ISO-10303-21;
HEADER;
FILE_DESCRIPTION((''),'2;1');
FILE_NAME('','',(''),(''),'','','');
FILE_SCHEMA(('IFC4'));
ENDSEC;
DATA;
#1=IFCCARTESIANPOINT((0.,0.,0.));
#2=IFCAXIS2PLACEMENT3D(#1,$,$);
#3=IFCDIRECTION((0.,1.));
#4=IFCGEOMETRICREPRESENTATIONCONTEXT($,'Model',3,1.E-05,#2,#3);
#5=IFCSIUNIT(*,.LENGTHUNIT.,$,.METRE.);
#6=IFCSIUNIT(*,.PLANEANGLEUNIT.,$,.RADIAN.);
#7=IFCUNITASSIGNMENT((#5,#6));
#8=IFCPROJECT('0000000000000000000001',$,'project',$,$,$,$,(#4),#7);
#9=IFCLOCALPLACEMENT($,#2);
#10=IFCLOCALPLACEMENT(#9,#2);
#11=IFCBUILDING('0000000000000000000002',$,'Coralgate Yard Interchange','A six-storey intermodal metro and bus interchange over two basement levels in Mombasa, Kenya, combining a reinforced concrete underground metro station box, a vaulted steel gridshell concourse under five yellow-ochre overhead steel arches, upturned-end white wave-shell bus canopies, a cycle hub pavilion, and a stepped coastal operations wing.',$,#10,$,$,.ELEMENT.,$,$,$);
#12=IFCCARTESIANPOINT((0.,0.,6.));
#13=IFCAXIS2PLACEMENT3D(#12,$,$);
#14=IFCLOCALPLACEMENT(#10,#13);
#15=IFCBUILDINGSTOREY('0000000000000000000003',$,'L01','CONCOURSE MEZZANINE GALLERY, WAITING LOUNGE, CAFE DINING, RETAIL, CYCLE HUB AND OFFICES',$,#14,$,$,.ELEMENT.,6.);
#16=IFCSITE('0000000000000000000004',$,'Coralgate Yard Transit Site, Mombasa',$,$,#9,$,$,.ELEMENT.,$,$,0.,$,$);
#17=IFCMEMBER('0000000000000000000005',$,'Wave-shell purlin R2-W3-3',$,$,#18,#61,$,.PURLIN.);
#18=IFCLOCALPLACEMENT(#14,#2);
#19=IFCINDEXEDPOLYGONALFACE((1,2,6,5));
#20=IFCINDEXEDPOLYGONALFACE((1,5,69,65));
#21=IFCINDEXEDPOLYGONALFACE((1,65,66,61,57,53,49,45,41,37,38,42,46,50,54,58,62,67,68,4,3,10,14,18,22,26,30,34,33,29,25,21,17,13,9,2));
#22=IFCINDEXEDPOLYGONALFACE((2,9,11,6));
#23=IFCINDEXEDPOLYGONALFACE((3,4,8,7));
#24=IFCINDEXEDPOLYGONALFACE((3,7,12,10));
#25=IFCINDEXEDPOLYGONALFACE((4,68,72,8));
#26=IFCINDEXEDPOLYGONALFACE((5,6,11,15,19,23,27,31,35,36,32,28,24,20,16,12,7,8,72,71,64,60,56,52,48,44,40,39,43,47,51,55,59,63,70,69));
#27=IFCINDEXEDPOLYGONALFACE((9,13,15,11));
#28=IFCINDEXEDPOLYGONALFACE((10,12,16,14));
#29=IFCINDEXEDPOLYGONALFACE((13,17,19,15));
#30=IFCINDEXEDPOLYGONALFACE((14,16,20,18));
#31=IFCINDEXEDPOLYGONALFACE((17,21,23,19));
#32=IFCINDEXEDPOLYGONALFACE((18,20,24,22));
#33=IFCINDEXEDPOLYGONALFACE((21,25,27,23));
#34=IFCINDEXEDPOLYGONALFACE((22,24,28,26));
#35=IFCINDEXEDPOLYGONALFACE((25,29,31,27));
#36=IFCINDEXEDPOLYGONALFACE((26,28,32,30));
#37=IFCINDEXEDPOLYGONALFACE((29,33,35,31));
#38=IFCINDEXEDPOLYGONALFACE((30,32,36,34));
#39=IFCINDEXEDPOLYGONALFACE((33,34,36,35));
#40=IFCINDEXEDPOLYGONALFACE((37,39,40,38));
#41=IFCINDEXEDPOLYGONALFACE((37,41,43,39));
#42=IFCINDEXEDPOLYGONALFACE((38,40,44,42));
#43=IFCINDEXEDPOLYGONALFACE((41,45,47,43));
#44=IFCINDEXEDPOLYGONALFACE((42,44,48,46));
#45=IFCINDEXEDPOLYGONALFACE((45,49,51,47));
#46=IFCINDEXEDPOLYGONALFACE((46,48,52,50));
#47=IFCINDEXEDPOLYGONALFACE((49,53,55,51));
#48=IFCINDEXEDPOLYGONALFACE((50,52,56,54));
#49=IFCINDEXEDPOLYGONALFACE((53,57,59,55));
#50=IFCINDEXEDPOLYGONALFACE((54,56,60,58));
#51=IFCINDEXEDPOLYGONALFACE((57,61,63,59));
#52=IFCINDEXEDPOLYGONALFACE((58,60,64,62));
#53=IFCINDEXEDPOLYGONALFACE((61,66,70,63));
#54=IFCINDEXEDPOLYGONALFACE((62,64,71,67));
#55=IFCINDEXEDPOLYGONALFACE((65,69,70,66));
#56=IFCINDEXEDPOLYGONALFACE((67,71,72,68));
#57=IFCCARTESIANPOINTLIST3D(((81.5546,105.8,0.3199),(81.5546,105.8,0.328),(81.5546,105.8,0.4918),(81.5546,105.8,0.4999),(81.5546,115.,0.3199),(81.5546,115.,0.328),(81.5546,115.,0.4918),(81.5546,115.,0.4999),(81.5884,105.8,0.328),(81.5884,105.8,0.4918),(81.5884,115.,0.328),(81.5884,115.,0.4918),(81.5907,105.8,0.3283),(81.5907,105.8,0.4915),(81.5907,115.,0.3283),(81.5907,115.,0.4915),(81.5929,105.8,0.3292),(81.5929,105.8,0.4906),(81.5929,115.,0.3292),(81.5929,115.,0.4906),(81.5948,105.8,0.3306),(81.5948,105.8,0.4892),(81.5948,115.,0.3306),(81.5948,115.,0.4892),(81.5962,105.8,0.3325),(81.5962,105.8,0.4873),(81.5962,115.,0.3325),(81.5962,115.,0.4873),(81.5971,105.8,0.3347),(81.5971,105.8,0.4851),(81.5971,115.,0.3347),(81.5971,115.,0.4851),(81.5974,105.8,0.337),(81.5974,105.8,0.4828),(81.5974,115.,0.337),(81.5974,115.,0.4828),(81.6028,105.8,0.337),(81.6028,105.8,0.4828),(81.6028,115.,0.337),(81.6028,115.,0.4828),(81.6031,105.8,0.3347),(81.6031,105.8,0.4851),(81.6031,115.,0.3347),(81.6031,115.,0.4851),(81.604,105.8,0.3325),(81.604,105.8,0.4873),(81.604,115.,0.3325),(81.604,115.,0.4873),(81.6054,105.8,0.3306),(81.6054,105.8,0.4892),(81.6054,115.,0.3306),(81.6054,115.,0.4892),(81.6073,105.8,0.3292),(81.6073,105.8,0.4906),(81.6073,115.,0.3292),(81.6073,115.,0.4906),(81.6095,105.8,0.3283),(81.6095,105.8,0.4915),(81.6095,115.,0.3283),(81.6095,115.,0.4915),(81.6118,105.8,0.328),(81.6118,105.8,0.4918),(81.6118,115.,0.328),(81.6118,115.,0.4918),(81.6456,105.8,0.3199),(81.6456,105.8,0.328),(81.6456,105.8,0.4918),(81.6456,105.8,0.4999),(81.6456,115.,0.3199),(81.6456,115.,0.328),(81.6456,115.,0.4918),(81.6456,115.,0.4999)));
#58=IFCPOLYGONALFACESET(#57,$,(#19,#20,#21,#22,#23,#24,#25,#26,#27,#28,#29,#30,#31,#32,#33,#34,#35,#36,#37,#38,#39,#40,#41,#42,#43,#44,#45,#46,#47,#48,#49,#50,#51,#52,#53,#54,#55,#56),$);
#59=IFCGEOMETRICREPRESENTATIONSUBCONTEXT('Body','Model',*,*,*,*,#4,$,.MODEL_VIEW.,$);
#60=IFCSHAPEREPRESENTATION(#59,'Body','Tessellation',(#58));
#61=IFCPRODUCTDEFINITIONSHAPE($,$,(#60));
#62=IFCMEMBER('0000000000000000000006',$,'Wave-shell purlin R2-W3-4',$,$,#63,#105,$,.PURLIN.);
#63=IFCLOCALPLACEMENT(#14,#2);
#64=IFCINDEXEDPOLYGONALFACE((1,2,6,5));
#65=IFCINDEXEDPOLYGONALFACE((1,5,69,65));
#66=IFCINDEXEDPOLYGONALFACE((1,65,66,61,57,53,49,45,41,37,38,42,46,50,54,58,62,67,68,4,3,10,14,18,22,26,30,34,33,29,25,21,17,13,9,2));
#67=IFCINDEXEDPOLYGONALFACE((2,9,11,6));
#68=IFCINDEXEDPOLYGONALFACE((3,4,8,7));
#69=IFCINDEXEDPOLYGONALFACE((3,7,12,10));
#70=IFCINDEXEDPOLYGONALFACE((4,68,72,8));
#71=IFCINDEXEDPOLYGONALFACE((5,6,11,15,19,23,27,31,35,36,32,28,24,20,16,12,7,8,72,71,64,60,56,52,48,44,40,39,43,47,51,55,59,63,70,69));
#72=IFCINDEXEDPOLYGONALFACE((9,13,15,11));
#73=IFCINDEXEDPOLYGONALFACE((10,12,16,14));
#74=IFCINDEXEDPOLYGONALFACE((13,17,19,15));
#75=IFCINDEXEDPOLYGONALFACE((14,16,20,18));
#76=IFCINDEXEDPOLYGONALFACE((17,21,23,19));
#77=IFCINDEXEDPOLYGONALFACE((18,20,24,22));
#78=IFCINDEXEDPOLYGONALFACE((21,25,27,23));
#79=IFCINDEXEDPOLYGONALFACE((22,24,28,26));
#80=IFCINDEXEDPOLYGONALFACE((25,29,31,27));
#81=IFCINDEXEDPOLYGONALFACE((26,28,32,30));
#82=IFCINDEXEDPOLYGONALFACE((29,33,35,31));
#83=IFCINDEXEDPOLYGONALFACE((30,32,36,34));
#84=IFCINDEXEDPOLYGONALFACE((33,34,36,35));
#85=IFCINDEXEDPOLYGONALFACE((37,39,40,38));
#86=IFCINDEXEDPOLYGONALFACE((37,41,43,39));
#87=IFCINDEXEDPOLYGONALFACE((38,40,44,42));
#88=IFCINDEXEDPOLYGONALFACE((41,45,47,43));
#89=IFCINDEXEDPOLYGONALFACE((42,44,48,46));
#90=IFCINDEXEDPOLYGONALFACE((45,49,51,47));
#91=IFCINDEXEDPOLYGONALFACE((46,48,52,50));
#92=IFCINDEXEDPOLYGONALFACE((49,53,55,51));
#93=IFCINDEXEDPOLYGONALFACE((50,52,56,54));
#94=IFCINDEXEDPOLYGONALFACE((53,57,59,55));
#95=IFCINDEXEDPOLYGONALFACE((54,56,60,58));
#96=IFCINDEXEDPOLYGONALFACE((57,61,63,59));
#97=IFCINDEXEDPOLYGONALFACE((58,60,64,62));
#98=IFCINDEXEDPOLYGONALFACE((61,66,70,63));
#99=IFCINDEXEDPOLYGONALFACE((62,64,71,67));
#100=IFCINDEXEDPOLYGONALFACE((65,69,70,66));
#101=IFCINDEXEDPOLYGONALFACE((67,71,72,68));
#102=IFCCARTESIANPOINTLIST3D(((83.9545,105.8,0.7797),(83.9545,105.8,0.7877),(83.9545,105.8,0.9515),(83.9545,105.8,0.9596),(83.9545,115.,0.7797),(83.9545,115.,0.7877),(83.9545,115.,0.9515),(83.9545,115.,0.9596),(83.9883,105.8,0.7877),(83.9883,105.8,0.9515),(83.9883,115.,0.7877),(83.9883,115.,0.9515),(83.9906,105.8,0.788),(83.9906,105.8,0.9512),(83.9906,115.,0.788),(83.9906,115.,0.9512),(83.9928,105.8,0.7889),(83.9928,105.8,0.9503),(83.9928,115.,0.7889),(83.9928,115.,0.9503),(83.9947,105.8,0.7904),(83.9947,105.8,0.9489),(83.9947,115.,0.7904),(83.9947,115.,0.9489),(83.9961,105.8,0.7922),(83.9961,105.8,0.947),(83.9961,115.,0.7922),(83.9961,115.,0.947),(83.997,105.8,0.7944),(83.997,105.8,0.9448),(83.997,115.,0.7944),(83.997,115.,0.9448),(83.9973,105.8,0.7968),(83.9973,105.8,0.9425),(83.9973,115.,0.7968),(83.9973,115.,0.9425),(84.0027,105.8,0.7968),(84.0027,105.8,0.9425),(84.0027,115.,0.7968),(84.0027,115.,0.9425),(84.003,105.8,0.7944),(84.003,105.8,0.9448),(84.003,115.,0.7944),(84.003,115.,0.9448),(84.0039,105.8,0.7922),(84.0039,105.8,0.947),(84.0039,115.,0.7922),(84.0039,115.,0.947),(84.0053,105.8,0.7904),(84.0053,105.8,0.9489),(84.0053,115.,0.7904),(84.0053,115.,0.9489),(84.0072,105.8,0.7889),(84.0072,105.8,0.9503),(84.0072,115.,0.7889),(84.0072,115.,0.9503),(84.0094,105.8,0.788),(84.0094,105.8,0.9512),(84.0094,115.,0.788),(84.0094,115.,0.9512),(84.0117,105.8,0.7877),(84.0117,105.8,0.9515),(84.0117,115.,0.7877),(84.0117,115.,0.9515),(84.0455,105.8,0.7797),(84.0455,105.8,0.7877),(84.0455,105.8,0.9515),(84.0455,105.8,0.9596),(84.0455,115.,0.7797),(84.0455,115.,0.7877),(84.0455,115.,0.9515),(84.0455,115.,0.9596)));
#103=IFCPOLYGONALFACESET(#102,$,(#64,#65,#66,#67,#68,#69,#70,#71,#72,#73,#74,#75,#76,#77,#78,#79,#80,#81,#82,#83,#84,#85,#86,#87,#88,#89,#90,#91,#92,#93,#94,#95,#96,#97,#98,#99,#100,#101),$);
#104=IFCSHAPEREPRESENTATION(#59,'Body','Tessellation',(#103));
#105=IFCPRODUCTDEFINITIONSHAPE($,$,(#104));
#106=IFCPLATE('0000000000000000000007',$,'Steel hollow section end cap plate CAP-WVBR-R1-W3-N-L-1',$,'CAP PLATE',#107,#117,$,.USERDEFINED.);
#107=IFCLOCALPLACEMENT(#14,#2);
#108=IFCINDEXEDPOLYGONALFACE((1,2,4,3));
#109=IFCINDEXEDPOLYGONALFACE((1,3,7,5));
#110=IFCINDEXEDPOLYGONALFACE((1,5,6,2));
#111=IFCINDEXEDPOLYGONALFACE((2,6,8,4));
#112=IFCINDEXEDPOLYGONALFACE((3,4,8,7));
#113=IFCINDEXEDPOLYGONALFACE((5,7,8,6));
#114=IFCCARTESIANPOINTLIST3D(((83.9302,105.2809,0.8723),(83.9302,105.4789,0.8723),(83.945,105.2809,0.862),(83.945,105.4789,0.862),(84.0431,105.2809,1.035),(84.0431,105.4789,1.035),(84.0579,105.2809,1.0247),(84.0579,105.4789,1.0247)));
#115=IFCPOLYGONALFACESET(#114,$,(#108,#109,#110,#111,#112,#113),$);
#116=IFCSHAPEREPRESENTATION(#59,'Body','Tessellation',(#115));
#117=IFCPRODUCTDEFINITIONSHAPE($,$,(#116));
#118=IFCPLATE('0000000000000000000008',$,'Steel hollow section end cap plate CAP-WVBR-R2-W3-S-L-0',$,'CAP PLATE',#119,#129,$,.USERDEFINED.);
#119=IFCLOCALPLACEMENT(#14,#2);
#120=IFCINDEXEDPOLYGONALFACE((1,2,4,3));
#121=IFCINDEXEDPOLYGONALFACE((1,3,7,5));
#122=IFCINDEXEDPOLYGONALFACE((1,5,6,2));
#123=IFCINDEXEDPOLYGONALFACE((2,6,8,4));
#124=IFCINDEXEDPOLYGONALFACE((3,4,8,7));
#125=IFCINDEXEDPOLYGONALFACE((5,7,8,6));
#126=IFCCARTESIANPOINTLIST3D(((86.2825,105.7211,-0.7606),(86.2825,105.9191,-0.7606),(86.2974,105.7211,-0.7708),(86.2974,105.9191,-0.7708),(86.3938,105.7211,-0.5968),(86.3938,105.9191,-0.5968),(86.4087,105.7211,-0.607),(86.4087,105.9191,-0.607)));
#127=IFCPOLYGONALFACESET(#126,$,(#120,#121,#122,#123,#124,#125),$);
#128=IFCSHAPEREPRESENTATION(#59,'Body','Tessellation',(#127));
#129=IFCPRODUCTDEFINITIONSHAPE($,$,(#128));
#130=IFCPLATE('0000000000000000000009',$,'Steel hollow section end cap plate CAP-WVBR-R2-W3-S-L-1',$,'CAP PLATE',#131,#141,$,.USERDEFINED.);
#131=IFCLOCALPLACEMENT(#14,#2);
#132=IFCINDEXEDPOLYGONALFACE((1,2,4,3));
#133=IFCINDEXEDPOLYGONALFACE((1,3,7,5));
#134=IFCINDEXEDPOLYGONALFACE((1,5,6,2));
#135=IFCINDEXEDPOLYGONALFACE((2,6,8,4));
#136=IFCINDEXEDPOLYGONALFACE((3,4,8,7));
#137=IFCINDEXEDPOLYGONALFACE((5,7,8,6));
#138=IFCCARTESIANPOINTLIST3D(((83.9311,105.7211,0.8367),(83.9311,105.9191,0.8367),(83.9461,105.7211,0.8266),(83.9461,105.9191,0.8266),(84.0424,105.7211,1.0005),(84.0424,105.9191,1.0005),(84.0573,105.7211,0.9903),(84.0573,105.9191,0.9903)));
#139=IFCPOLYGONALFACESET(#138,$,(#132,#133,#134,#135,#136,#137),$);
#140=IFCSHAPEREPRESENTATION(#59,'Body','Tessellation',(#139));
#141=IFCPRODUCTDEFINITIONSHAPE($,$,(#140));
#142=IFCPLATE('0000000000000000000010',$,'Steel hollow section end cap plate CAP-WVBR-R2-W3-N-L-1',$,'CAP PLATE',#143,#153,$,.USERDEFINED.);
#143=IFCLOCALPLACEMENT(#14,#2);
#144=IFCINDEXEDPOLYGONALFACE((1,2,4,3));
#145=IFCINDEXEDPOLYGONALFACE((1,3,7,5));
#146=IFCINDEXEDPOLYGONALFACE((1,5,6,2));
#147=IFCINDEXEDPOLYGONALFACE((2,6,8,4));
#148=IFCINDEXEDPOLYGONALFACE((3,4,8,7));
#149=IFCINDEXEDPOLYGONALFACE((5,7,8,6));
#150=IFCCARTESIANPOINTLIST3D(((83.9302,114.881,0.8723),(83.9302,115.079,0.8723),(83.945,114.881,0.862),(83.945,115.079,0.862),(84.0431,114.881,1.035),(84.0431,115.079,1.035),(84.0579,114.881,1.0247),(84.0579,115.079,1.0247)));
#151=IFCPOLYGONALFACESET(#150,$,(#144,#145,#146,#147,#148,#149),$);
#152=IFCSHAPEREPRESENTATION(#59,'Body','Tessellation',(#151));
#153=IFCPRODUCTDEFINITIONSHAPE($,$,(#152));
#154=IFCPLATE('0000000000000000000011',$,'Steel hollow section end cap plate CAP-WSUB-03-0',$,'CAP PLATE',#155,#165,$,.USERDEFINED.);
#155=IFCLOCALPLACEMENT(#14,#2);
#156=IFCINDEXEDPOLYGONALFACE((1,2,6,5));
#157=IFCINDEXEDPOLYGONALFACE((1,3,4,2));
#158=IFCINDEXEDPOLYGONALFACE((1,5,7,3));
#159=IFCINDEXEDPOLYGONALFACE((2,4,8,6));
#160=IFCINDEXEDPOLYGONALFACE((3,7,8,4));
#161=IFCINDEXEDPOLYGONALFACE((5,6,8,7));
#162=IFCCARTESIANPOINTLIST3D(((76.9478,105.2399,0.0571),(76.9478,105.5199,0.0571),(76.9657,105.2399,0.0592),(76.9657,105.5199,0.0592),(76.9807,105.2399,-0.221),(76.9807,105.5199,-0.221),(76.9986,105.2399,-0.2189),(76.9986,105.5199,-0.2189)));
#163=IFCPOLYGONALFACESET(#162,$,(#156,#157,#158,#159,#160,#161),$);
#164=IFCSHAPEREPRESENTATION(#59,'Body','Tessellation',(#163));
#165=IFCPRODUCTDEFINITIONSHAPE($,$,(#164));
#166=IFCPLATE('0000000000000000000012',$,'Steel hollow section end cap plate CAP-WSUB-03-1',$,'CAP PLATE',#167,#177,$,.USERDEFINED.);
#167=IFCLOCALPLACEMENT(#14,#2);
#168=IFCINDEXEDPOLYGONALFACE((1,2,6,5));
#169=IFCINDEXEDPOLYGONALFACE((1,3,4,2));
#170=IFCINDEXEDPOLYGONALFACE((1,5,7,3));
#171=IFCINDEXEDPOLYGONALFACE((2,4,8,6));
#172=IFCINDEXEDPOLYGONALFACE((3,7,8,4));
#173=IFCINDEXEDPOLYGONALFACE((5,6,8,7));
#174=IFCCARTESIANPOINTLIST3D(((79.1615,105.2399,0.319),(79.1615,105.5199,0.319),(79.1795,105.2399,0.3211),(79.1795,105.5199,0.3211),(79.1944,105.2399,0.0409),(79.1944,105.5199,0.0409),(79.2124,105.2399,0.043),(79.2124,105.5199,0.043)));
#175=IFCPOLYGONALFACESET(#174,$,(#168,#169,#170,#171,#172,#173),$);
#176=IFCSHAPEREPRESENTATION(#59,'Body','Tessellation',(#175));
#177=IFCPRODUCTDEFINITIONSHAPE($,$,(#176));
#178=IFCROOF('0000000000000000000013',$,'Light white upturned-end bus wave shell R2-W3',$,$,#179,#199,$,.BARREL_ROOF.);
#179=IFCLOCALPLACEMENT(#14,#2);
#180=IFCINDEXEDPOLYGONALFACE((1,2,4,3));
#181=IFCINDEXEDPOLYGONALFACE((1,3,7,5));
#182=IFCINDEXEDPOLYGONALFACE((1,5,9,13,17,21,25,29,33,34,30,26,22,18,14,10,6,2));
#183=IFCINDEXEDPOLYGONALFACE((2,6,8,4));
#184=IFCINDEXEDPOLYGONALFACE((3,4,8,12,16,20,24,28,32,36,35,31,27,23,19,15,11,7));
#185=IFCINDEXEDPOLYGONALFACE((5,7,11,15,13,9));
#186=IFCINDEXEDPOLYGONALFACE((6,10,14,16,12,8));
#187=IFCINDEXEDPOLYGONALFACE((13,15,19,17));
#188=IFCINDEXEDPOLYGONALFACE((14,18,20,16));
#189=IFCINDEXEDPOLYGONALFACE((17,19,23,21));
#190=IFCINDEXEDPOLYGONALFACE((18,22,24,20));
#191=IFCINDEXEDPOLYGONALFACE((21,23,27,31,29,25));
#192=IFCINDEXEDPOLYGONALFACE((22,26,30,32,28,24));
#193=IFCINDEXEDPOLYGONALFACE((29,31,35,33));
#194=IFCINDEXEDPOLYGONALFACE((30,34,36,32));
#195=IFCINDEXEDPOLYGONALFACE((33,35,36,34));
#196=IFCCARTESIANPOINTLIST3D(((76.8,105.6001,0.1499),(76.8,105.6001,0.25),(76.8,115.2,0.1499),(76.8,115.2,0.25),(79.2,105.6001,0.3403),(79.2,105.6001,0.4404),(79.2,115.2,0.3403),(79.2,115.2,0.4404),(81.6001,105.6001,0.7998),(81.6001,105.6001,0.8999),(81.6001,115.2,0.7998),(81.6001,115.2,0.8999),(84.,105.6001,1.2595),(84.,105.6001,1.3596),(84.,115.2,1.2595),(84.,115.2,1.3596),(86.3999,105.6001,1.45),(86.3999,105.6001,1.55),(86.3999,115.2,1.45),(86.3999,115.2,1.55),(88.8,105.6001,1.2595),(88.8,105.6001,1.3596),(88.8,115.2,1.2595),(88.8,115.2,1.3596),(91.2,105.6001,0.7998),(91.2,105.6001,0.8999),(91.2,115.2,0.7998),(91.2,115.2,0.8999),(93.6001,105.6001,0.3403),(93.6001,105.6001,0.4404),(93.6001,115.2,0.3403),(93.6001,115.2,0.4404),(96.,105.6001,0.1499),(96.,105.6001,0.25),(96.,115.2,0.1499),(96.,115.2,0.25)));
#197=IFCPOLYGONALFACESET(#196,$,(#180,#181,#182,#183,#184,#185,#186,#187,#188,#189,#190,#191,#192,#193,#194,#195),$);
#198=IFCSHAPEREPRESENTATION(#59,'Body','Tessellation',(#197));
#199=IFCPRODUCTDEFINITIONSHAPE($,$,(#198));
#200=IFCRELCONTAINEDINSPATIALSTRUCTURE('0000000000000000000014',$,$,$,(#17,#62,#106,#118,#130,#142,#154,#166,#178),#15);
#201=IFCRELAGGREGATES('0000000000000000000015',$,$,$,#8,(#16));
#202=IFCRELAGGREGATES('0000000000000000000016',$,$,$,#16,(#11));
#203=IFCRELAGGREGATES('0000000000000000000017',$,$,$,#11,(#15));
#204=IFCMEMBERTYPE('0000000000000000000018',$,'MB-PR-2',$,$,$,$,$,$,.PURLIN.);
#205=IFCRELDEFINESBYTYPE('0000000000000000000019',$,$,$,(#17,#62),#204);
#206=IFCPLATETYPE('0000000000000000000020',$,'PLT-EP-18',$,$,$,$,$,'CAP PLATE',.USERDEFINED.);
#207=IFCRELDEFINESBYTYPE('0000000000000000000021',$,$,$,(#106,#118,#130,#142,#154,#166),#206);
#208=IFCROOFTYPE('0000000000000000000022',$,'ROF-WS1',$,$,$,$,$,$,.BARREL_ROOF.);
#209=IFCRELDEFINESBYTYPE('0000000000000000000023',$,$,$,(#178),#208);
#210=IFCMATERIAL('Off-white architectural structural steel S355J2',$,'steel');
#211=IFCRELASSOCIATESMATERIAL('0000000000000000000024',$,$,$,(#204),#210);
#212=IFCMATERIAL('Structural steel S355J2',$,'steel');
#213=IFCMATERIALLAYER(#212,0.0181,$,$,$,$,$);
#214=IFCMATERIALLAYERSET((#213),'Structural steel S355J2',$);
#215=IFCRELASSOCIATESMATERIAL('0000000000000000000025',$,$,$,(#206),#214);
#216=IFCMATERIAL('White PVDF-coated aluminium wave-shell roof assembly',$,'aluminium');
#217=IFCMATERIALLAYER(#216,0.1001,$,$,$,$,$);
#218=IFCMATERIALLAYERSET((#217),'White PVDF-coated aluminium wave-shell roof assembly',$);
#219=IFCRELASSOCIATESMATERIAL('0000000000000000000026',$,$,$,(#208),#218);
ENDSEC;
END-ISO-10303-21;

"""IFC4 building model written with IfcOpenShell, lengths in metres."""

from ifc_helpers import new_model, si_unit, direction, frame, origin, origin_2d, place, context, subcontext, project, spatial, polyline, rectangle, i_section, outline, extrude, material, layer, layer_set, material_profile, profile_set, type_object, element, save


model = new_model("IFC4")

# Units and contexts
model_context = context("Model", 3, precision=1e-05, world=origin(), true_north=direction((0.0, 1.0)))
body_context = subcontext(model_context, "Body", "Model", "MODEL_VIEW")
ifc_project = project(units=[si_unit("LENGTHUNIT", "METRE"), si_unit("PLANEANGLEUNIT", "RADIAN")], contexts=[model_context])

# Site, building, storey
site_placement = place(None, origin())
site = spatial("IfcSite", under=ifc_project, at=site_placement, Name="Coralgate Yard Transit Site, Mombasa", CompositionType="ELEMENT", RefElevation=0.0)
building_placement = place(site_placement, origin())
building = spatial("IfcBuilding", under=site, at=building_placement, Name="Coralgate Yard Interchange", Description="A six-storey intermodal metro and bus interchange over two basement levels in Mombasa, Kenya, combining a reinforced concrete underground metro station box, a vaulted steel gridshell concourse under five yellow-ochre overhead steel arches, upturned-end white wave-shell bus canopies, a cycle hub pavilion, and a stepped coastal operations wing.", CompositionType="ELEMENT")
storey_placement = place(building_placement, frame((0.0, 0.0, 6.0)))
storey = spatial("IfcBuildingStorey", under=building, at=storey_placement, Name="L01", Description="CONCOURSE MEZZANINE GALLERY, WAITING LOUNGE, CAFE DINING, RETAIL, CYCLE HUB AND OFFICES", CompositionType="ELEMENT", Elevation=6.0)

# Shared definitions
ifc_material_1 = material(Name="Off-white architectural structural steel S355J2", Category="steel")

# Members
ifc_material_profile_1 = material_profile(ifc_material_1, i_section(OverallWidth=0.0911, OverallDepth=0.1799, WebThickness=0.0054, FlangeThickness=0.0081, FilletRadius=0.009, at=origin_2d()), Name="IPE 180")
ifc_profile_set_1 = profile_set([ifc_material_profile_1], Name="Off-white architectural structural steel S355J2")
member_type_1 = type_object("IfcMemberType", Name="MB-PR-2", PredefinedType="PURLIN", material=ifc_profile_set_1)
for number, where, z_axis, x_axis, name in (
    (1, (81.6001, 105.8, 0.4099), (0.0, 1.0, 0.0), (-1.0, 0.0, 0.0), "Wave-shell purlin R2-W3-3"),
    (2, (84.0, 105.8, 0.8696), (0.0, 1.0, 0.0), (-1.0, 0.0, 0.0), "Wave-shell purlin R2-W3-4"),
):
    element("IfcMember", number, at=place(storey_placement, frame(where, z_axis=z_axis, x_axis=x_axis)), inside=storey, type_object=member_type_1, Name=name, PredefinedType="PURLIN", context=body_context, shape_type="SweptSolid", body=[
        extrude(i_section(OverallWidth=0.0911, OverallDepth=0.1799, WebThickness=0.0054, FlangeThickness=0.0081, FilletRadius=0.009, at=origin_2d()), origin(), (0.0, 0.0, 1.0), 9.2),
    ])

# Plates
ifc_material_2 = material(Name="Structural steel S355J2", Category="steel")
ifc_layer_1 = layer(ifc_material_2, 0.0181)
ifc_layer_set_1 = layer_set([ifc_layer_1], Name="Structural steel S355J2")
plate_type = type_object("IfcPlateType", Name="PLT-EP-18", ElementType="CAP PLATE", PredefinedType="USERDEFINED", material=ifc_layer_set_1)
for number, where, z_axis, x_axis, name in (
    (3, (84.0015, 105.3799, 0.9434), (-0.821436, 0.0, 0.570301), (0.0, -1.0, 0.0), "Steel hollow section end cap plate CAP-WVBR-R1-W3-N-L-1"),
    (4, (86.3381, 105.8201, -0.6787), (0.827189, 0.0, -0.561923), (0.0, 1.0, 0.0), "Steel hollow section end cap plate CAP-WVBR-R2-W3-S-L-0"),
    (5, (84.0017, 105.8201, 0.9084), (-0.827189, 0.0, 0.561923), (0.0, -1.0, 0.0), "Steel hollow section end cap plate CAP-WVBR-R2-W3-S-L-1"),
    (6, (84.0015, 114.98, 0.9434), (-0.821436, 0.0, 0.570301), (0.0, -1.0, 0.0), "Steel hollow section end cap plate CAP-WVBR-R2-W3-N-L-1"),
):
    element("IfcPlate", number, at=place(storey_placement, frame(where, z_axis=z_axis, x_axis=x_axis)), inside=storey, type_object=plate_type, Name=name, ObjectType="CAP PLATE", PredefinedType="USERDEFINED", context=body_context, shape_type="SweptSolid", body=[
        extrude(rectangle(XDim=0.198, YDim=0.198, at=origin_2d()), origin(), (0.0, 0.0, 1.0), 0.0181),
    ])
for number, where, z_axis, x_axis, name in (
    (7, (76.9822, 105.3799, -0.0798), (-0.993089, 0.0, -0.117365), (0.0, -1.0, 0.0), "Steel hollow section end cap plate CAP-WSUB-03-0"),
    (8, (79.178, 105.3799, 0.1799), (0.993089, 0.0, 0.117365), (0.0, 1.0, 0.0), "Steel hollow section end cap plate CAP-WSUB-03-1"),
):
    element("IfcPlate", number, at=place(storey_placement, frame(where, z_axis=z_axis, x_axis=x_axis)), inside=storey, type_object=plate_type, Name=name, ObjectType="CAP PLATE", PredefinedType="USERDEFINED", context=body_context, shape_type="SweptSolid", body=[
        extrude(rectangle(XDim=0.28, YDim=0.28, at=origin_2d()), origin(), (0.0, 0.0, 1.0), 0.0181),
    ])

# Roof
ifc_material_3 = material(Name="White PVDF-coated aluminium wave-shell roof assembly", Category="aluminium")
ifc_layer_2 = layer(ifc_material_3, 0.1001)
ifc_layer_set_2 = layer_set([ifc_layer_2], Name="White PVDF-coated aluminium wave-shell roof assembly")
roof_type = type_object("IfcRoofType", Name="ROF-WS1", PredefinedType="BARREL_ROOF", material=ifc_layer_set_2)
roof_placement = place(storey_placement, frame((76.8, 105.6001, 0.25), z_axis=(0.0, 1.0, 0.0), x_axis=(-1.0, 0.0, 0.0)))
element("IfcRoof", 9, at=roof_placement, inside=storey, type_object=roof_type, Name="Light white upturned-end bus wave shell R2-W3", PredefinedType="BARREL_ROOF", context=body_context, shape_type="SweptSolid", body=[
    extrude(outline(polyline([(0.0, 0.0), (-2.3999, 0.1904), (-4.8, 0.6499), (-7.2, 1.1096), (-9.5999, 1.3), (-12.0, 1.1096), (-14.3999, 0.6499), (-16.8, 0.1904), (-19.2, 0.0), (-19.2, -0.1001), (-16.8, 0.0903), (-14.3999, 0.5498), (-12.0, 1.0095), (-9.5999, 1.2), (-7.2, 1.0095), (-4.8, 0.5498), (-2.3999, 0.0903), (0.0, -0.1001), (0.0, 0.0)])), origin(), (0.0, 0.0, 1.0), 9.5999),
])

save(model, "model.ifc")
